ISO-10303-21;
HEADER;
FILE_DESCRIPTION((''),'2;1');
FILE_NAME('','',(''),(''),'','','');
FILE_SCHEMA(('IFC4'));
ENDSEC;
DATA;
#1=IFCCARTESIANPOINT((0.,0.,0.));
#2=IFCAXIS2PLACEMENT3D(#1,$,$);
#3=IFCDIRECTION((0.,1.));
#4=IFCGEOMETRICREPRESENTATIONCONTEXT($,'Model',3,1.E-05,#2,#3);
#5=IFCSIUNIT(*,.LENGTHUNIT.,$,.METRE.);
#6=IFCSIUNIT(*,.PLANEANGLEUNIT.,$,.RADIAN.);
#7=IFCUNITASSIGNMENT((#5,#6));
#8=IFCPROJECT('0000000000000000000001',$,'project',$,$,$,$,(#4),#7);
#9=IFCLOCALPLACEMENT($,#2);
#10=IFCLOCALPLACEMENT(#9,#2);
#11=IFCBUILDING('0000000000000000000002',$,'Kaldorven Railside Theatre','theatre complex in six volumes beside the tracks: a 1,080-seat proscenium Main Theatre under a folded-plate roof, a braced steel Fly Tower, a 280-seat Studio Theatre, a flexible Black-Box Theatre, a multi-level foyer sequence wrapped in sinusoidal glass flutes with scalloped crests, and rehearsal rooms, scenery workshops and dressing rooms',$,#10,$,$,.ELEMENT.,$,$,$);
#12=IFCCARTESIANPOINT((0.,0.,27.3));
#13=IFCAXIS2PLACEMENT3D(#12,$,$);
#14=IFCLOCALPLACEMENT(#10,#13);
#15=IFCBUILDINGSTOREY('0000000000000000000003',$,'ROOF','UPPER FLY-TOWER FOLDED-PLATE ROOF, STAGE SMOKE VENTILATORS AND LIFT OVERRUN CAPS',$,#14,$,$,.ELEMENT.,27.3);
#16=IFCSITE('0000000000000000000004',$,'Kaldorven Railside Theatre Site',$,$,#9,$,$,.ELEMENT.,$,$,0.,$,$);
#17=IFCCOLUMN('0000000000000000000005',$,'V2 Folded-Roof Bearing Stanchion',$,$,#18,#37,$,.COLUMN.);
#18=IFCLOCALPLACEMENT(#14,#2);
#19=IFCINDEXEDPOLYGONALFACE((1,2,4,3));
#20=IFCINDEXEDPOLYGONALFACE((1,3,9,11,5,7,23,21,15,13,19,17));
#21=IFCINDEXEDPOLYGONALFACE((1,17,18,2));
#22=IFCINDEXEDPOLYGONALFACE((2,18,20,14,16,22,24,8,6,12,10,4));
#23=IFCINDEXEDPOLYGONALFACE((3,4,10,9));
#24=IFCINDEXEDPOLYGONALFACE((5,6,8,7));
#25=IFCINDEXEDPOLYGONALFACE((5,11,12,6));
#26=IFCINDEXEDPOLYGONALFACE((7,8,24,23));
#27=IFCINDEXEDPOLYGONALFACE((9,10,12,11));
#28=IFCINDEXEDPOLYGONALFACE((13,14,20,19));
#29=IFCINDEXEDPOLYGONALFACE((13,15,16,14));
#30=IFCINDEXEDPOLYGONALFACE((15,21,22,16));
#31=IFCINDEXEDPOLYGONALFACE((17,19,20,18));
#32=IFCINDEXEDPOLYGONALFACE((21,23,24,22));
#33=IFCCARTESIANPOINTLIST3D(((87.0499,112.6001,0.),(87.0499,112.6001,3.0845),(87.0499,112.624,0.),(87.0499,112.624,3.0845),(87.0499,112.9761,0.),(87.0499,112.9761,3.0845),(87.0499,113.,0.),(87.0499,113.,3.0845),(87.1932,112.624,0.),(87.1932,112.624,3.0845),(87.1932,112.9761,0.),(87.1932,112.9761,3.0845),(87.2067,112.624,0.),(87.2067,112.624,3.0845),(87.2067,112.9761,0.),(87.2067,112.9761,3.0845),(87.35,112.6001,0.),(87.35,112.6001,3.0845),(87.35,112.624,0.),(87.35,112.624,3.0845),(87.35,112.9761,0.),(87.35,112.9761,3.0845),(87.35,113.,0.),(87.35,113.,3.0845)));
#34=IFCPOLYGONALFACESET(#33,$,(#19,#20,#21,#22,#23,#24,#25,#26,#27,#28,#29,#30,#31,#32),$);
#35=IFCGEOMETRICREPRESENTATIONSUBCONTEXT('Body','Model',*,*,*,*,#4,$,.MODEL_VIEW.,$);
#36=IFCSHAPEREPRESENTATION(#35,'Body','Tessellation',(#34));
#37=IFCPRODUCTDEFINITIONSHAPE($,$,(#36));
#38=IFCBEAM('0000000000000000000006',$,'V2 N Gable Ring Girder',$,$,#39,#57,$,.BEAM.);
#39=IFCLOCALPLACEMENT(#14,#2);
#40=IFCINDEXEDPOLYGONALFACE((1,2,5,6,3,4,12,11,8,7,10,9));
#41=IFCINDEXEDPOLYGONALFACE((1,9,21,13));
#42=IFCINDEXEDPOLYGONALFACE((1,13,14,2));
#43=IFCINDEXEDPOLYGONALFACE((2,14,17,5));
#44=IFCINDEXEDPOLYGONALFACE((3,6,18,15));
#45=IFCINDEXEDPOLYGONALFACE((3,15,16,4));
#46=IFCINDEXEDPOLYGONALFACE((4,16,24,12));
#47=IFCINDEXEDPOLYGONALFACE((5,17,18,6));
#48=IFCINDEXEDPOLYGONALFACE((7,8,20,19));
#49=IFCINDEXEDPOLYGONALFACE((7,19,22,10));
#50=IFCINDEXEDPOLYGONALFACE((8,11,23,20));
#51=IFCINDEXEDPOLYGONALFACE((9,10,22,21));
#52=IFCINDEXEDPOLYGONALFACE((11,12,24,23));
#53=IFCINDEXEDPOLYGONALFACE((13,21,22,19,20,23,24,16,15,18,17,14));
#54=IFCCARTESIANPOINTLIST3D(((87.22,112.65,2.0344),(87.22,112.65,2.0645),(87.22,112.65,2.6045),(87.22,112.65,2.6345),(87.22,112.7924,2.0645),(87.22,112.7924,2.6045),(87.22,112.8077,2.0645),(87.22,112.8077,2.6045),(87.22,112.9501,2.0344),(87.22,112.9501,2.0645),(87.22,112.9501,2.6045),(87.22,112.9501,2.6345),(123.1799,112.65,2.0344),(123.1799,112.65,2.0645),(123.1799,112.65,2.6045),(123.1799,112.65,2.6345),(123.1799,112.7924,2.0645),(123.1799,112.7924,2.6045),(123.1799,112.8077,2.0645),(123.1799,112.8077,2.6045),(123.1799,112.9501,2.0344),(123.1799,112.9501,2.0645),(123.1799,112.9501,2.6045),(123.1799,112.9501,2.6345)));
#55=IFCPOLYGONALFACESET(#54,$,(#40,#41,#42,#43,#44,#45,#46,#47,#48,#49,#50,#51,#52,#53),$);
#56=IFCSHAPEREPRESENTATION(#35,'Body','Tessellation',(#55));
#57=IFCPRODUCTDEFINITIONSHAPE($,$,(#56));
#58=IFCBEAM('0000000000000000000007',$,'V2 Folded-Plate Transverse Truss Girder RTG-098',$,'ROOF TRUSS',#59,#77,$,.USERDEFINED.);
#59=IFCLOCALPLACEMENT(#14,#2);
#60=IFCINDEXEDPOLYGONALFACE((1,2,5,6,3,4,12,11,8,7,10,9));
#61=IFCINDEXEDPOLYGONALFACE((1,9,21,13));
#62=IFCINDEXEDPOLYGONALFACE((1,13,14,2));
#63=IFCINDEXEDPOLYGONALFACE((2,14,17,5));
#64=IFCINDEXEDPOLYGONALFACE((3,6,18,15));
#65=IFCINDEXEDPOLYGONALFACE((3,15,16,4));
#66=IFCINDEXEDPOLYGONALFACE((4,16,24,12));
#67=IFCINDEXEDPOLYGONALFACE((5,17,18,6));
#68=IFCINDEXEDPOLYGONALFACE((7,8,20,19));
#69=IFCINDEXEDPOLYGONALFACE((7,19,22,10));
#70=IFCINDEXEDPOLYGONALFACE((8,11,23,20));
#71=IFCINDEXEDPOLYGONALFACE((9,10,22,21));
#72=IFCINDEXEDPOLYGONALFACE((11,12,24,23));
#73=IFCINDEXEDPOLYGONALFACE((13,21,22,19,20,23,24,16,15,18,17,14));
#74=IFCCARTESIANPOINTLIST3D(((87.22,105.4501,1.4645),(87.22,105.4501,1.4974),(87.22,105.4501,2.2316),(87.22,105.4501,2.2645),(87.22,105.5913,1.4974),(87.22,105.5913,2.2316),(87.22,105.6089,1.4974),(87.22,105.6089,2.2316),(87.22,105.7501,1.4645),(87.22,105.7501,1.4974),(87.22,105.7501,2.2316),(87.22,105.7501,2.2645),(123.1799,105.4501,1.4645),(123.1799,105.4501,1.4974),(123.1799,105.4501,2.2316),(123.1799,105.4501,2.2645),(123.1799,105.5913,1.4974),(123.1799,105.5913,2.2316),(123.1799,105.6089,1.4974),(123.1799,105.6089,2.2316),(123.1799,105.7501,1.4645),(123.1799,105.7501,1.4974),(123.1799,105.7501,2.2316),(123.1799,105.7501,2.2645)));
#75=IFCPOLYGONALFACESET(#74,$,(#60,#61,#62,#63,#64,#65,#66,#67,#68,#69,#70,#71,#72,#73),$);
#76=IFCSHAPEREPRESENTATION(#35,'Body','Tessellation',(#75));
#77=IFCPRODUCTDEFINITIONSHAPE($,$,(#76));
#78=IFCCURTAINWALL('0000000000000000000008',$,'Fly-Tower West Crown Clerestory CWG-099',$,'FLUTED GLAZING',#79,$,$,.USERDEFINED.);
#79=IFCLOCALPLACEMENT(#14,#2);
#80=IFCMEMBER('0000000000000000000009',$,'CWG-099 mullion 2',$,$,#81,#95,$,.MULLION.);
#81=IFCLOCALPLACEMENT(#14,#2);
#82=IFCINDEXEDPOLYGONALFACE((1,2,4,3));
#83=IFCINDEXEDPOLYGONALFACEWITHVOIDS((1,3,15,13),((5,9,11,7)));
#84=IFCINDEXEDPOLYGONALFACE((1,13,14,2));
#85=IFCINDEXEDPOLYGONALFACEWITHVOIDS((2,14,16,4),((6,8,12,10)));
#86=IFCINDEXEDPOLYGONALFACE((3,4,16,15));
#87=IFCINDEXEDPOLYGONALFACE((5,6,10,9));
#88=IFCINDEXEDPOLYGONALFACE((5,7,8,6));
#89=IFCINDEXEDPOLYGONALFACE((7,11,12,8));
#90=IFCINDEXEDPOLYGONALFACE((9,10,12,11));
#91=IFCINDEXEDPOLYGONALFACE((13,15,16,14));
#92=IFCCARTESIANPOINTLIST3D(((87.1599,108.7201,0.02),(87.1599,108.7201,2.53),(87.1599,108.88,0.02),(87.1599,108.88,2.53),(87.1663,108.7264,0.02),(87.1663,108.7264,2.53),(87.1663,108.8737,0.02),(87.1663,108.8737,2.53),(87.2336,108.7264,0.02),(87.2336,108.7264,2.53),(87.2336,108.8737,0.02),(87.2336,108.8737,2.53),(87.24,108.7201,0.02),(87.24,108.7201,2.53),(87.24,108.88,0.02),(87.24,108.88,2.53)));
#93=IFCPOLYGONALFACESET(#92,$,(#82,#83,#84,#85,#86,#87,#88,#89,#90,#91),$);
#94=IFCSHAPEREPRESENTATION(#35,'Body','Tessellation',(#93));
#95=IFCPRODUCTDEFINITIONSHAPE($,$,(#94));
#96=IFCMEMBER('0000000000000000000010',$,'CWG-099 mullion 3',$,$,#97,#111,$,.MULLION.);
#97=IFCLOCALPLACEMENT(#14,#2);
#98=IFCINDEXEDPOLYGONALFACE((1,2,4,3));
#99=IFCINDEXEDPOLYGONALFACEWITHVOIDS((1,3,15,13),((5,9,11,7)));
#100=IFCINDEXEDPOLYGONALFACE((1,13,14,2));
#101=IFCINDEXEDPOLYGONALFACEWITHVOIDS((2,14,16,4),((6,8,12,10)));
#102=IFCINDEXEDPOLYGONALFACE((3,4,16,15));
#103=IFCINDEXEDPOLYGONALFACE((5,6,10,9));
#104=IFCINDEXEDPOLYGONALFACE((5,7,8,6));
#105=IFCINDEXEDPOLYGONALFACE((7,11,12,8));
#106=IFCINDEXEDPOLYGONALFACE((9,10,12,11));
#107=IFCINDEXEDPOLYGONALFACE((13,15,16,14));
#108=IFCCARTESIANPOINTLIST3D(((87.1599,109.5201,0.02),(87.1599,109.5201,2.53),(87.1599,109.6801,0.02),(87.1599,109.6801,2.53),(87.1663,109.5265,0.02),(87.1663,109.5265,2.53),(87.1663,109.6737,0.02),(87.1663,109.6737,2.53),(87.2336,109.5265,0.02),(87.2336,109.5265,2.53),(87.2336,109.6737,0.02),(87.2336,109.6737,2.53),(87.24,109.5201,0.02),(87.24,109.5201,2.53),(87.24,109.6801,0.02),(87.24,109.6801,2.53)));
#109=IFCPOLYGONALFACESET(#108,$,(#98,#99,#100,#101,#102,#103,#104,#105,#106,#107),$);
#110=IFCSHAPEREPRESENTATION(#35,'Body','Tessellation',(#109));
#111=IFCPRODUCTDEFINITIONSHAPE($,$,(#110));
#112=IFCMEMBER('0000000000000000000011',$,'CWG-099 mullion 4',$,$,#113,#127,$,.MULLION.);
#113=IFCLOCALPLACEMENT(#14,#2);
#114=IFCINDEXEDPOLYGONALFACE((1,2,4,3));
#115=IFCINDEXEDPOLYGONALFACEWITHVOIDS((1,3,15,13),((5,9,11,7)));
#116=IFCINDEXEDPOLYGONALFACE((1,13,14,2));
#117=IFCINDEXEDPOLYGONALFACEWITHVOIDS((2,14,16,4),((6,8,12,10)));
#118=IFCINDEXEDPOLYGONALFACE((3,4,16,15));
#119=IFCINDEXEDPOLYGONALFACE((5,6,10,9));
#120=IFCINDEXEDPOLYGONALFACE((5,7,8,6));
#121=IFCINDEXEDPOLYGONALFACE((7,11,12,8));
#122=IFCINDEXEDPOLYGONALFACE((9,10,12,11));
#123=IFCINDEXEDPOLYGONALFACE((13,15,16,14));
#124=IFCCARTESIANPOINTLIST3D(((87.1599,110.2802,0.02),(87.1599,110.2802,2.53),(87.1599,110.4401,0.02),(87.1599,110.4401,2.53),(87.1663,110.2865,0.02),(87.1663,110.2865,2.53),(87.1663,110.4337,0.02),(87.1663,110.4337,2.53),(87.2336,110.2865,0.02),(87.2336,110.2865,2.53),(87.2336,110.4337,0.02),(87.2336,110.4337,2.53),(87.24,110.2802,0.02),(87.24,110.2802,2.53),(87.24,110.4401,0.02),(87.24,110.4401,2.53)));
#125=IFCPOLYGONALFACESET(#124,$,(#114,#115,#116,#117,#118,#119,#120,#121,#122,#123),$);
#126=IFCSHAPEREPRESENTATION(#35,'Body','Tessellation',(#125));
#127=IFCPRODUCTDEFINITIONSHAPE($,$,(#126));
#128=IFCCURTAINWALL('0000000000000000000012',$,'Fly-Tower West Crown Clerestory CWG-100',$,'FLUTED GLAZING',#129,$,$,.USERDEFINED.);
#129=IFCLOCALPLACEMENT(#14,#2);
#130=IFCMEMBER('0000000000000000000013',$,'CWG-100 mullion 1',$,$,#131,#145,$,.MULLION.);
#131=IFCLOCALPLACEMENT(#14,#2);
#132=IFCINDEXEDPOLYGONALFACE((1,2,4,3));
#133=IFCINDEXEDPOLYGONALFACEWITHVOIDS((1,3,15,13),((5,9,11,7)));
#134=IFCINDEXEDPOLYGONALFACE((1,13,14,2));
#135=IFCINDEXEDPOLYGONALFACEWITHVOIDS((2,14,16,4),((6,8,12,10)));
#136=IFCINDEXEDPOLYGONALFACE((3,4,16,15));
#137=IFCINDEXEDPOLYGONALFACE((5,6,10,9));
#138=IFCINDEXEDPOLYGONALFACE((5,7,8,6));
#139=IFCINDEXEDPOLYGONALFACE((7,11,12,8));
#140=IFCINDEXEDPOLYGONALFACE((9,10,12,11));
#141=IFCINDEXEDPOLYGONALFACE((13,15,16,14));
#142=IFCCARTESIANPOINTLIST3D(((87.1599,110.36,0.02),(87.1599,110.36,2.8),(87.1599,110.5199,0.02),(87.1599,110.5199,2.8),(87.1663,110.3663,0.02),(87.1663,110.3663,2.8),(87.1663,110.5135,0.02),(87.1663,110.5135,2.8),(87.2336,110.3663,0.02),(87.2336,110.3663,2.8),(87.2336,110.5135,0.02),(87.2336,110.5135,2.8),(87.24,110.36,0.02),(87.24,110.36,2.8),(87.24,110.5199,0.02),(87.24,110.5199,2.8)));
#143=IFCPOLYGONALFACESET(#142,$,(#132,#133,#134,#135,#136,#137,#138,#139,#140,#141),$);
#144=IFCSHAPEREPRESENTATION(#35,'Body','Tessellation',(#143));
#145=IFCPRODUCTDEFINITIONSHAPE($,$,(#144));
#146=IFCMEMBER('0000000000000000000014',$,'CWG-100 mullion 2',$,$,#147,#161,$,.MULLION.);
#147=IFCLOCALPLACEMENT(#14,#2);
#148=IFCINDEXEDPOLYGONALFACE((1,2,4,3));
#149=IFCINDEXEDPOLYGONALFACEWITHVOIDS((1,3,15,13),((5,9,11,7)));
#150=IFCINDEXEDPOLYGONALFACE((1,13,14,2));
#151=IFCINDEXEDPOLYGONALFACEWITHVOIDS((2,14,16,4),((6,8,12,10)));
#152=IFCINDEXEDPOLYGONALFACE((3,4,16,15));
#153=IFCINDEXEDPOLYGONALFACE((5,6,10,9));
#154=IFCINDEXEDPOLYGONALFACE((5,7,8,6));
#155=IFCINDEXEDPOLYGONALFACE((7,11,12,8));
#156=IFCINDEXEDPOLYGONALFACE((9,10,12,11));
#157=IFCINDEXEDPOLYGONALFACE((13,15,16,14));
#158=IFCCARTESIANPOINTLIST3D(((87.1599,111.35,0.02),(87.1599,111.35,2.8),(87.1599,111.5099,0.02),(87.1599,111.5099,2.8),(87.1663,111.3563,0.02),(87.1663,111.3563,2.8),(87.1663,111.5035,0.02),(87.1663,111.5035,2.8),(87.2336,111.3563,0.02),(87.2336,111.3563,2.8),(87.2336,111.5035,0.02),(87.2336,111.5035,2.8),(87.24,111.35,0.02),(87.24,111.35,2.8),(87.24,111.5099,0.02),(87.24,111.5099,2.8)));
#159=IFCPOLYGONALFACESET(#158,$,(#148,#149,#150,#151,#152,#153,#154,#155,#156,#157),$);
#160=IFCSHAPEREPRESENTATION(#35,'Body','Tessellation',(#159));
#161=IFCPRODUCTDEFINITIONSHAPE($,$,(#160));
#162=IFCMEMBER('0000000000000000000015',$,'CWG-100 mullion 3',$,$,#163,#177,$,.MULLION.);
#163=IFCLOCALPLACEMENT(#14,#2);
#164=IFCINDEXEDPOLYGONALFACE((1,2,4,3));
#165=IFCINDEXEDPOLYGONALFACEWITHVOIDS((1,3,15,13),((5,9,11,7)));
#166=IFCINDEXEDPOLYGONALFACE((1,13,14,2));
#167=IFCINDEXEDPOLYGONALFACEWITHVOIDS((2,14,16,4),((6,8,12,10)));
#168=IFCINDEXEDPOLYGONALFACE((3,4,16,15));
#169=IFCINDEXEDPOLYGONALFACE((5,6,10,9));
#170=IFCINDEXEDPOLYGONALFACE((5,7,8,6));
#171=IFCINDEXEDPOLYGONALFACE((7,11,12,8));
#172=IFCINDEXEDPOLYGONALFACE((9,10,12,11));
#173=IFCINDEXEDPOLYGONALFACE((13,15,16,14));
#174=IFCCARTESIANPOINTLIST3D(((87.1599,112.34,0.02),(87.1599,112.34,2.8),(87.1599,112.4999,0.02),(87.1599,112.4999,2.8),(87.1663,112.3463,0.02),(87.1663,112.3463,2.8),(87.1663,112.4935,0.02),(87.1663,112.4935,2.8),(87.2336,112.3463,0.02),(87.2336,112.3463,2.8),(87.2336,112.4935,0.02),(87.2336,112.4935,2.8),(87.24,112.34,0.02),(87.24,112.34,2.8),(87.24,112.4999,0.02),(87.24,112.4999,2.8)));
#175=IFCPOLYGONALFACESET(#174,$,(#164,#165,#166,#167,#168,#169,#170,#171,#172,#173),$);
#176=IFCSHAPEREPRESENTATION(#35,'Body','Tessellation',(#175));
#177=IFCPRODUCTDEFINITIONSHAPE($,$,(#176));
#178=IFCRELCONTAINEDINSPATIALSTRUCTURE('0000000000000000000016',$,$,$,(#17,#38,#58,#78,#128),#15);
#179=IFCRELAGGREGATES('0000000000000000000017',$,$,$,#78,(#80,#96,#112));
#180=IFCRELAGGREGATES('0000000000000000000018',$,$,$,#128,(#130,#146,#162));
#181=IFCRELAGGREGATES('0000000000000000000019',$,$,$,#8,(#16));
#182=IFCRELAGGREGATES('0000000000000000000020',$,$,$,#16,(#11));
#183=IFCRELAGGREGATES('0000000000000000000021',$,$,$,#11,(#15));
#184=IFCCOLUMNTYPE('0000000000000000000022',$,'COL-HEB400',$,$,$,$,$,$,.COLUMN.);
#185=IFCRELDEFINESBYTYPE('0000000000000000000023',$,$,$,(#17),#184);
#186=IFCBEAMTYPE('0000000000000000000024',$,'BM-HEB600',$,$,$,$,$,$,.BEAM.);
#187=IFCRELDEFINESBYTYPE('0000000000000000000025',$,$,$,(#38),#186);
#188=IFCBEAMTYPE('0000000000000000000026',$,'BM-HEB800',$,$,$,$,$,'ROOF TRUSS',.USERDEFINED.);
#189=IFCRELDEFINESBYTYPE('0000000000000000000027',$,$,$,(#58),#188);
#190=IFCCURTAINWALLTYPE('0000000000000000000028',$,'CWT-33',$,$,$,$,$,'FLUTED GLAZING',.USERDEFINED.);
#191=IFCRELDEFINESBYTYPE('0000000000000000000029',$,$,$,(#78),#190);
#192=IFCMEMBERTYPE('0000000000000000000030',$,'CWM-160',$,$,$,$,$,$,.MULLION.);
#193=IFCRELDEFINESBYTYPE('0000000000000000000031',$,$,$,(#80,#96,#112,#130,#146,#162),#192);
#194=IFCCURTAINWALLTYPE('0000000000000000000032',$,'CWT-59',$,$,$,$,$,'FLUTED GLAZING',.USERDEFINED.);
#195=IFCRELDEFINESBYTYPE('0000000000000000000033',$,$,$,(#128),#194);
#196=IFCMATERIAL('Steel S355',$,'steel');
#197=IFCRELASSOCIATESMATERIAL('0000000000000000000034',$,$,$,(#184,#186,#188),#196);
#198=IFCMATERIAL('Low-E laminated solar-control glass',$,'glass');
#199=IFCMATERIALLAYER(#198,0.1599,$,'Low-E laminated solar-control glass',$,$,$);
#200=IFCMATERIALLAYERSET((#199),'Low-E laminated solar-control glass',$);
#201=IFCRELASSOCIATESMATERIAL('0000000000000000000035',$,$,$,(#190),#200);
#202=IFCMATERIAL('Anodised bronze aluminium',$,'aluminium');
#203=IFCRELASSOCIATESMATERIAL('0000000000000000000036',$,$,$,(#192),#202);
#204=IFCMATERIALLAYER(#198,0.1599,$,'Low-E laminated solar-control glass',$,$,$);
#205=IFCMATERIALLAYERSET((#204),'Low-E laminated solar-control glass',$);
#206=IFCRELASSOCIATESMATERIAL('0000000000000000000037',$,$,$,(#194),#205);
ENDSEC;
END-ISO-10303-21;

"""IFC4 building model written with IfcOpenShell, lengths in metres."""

from ifc_helpers import new_model, si_unit, direction, frame, origin, origin_2d, place, context, subcontext, project, spatial, hollow_rectangle, i_section, extrude, material, layer, layer_set, material_profile, profile_set, type_object, element, aggregate, save


model = new_model("IFC4")

# Units and contexts
model_context = context("Model", 3, precision=1e-05, world=origin(), true_north=direction((0.0, 1.0)))
body_context = subcontext(model_context, "Body", "Model", "MODEL_VIEW")
ifc_project = project(units=[si_unit("LENGTHUNIT", "METRE"), si_unit("PLANEANGLEUNIT", "RADIAN")], contexts=[model_context])

# Site, building, storey
site_placement = place(None, origin())
site = spatial("IfcSite", under=ifc_project, at=site_placement, Name="Kaldorven Railside Theatre Site", CompositionType="ELEMENT", RefElevation=0.0)
building_placement = place(site_placement, origin())
building = spatial("IfcBuilding", under=site, at=building_placement, Name="Kaldorven Railside Theatre", Description="theatre complex in six volumes beside the tracks: a 1,080-seat proscenium Main Theatre under a folded-plate roof, a braced steel Fly Tower, a 280-seat Studio Theatre, a flexible Black-Box Theatre, a multi-level foyer sequence wrapped in sinusoidal glass flutes with scalloped crests, and rehearsal rooms, scenery workshops and dressing rooms", CompositionType="ELEMENT")
storey_placement = place(building_placement, frame((0.0, 0.0, 27.3)))
storey = spatial("IfcBuildingStorey", under=building, at=storey_placement, Name="ROOF", Description="UPPER FLY-TOWER FOLDED-PLATE ROOF, STAGE SMOKE VENTILATORS AND LIFT OVERRUN CAPS", CompositionType="ELEMENT", Elevation=27.3)

# Column
ifc_material_1 = material(Name="Steel S355", Category="steel")
ifc_material_profile_1 = material_profile(ifc_material_1, i_section(OverallWidth=0.3, OverallDepth=0.3999, WebThickness=0.0134, FlangeThickness=0.0239, at=origin_2d()), Name="HEB 400")
ifc_profile_set_1 = profile_set([ifc_material_profile_1], Name="Steel S355")
column_type = type_object("IfcColumnType", Name="COL-HEB400", PredefinedType="COLUMN", material=ifc_profile_set_1)
column_placement = place(storey_placement, frame((87.2, 112.8, 0.0), z_axis=(0.0, 0.0, 1.0), x_axis=(1.0, 0.0, 0.0)))
element("IfcColumn", 1, at=column_placement, inside=storey, type_object=column_type, Name="V2 Folded-Roof Bearing Stanchion", PredefinedType="COLUMN", context=body_context, shape_type="SweptSolid", body=[
    extrude(i_section(OverallWidth=0.3, OverallDepth=0.3999, WebThickness=0.0134, FlangeThickness=0.0239, at=origin_2d()), origin(), (0.0, 0.0, 1.0), 3.0845),
])

# Beams
ifc_material_profile_2 = material_profile(ifc_material_1, i_section(OverallWidth=0.3, OverallDepth=0.6001, WebThickness=0.0154, FlangeThickness=0.03, at=origin_2d()), Name="HEB 600")
ifc_profile_set_2 = profile_set([ifc_material_profile_2], Name="Steel S355")
beam_type_1 = type_object("IfcBeamType", Name="BM-HEB600", PredefinedType="BEAM", material=ifc_profile_set_2)
beam_1_placement = place(storey_placement, frame((87.22, 112.8, 2.3345), z_axis=(1.0, 0.0, 0.0), x_axis=(0.0, 1.0, 0.0)))
element("IfcBeam", 2, at=beam_1_placement, inside=storey, type_object=beam_type_1, Name="V2 N Gable Ring Girder", PredefinedType="BEAM", context=body_context, shape_type="SweptSolid", body=[
    extrude(i_section(OverallWidth=0.3, OverallDepth=0.6001, WebThickness=0.0154, FlangeThickness=0.03, at=origin_2d()), origin(), (0.0, 0.0, 1.0), 35.96),
])
ifc_material_profile_3 = material_profile(ifc_material_1, i_section(OverallWidth=0.3, OverallDepth=0.8, WebThickness=0.0176, FlangeThickness=0.033, at=origin_2d()), Name="HEB 800")
ifc_profile_set_3 = profile_set([ifc_material_profile_3], Name="Steel S355")
beam_type_2 = type_object("IfcBeamType", Name="BM-HEB800", ElementType="ROOF TRUSS", PredefinedType="USERDEFINED", material=ifc_profile_set_3)
beam_2_placement = place(storey_placement, frame((87.22, 105.6001, 1.8645), z_axis=(1.0, 0.0, 0.0), x_axis=(0.0, 1.0, 0.0)))
element("IfcBeam", 3, at=beam_2_placement, inside=storey, type_object=beam_type_2, Name="V2 Folded-Plate Transverse Truss Girder RTG-098", ObjectType="ROOF TRUSS", PredefinedType="USERDEFINED", context=body_context, shape_type="SweptSolid", body=[
    extrude(i_section(OverallWidth=0.3, OverallDepth=0.8, WebThickness=0.0176, FlangeThickness=0.033, at=origin_2d()), origin(), (0.0, 0.0, 1.0), 35.96),
])

# Curtain walls, members
ifc_material_2 = material(Name="Low-E laminated solar-control glass", Category="glass")
ifc_layer_1 = layer(ifc_material_2, 0.1599, Name="Low-E laminated solar-control glass")
ifc_layer_set_1 = layer_set([ifc_layer_1], Name="Low-E laminated solar-control glass")
curtain_wall_type_1 = type_object("IfcCurtainWallType", Name="CWT-33", ElementType="FLUTED GLAZING", PredefinedType="USERDEFINED", material=ifc_layer_set_1)
curtain_wall_1_placement = place(storey_placement, origin())
curtain_wall_1 = element("IfcCurtainWall", 4, at=curtain_wall_1_placement, inside=storey, type_object=curtain_wall_type_1, Name="Fly-Tower West Crown Clerestory CWG-099", ObjectType="FLUTED GLAZING", PredefinedType="USERDEFINED")
ifc_material_3 = material(Name="Anodised bronze aluminium", Category="aluminium")
ifc_material_profile_4 = material_profile(ifc_material_3, hollow_rectangle(XDim=0.0801, YDim=0.1599, WallThickness=0.0063, at=origin_2d()), Name="RHS 160x80x6.3")
ifc_profile_set_4 = profile_set([ifc_material_profile_4], Name="Anodised bronze aluminium")
member_type_1 = type_object("IfcMemberType", Name="CWM-160", PredefinedType="MULLION", material=ifc_profile_set_4)
member_1_placement = place(storey_placement, frame((87.2, 108.8, 0.02), z_axis=(0.0, 0.0, 1.0), x_axis=(-1.0, 0.0, 0.0)))
member_1 = element("IfcMember", 5, at=member_1_placement, type_object=member_type_1, Name="CWG-099 mullion 2", PredefinedType="MULLION", context=body_context, shape_type="SweptSolid", body=[
    extrude(hollow_rectangle(XDim=0.0801, YDim=0.1599, WallThickness=0.0063, at=origin_2d()), origin(), (0.0, 0.0, 1.0), 2.51),
])
member_2_placement = place(storey_placement, frame((87.2, 109.6001, 0.02), z_axis=(0.0, 0.0, 1.0), x_axis=(-1.0, 0.0, 0.0)))
member_2 = element("IfcMember", 6, at=member_2_placement, type_object=member_type_1, Name="CWG-099 mullion 3", PredefinedType="MULLION", context=body_context, shape_type="SweptSolid", body=[
    extrude(hollow_rectangle(XDim=0.0801, YDim=0.1599, WallThickness=0.0063, at=origin_2d()), origin(), (0.0, 0.0, 1.0), 2.51),
])
member_3_placement = place(storey_placement, frame((87.2, 110.3601, 0.02), z_axis=(0.0, 0.0, 1.0), x_axis=(-1.0, 0.0, 0.0)))
member_3 = element("IfcMember", 7, at=member_3_placement, type_object=member_type_1, Name="CWG-099 mullion 4", PredefinedType="MULLION", context=body_context, shape_type="SweptSolid", body=[
    extrude(hollow_rectangle(XDim=0.0801, YDim=0.1599, WallThickness=0.0063, at=origin_2d()), origin(), (0.0, 0.0, 1.0), 2.51),
])
ifc_layer_2 = layer(ifc_material_2, 0.1599, Name="Low-E laminated solar-control glass")
ifc_layer_set_2 = layer_set([ifc_layer_2], Name="Low-E laminated solar-control glass")
curtain_wall_type_2 = type_object("IfcCurtainWallType", Name="CWT-59", ElementType="FLUTED GLAZING", PredefinedType="USERDEFINED", material=ifc_layer_set_2)
curtain_wall_2_placement = place(storey_placement, origin())
curtain_wall_2 = element("IfcCurtainWall", 8, at=curtain_wall_2_placement, inside=storey, type_object=curtain_wall_type_2, Name="Fly-Tower West Crown Clerestory CWG-100", ObjectType="FLUTED GLAZING", PredefinedType="USERDEFINED")
member_4_placement = place(storey_placement, frame((87.2, 110.4399, 0.02), z_axis=(0.0, 0.0, 1.0), x_axis=(-1.0, 0.0, 0.0)))
member_4 = element("IfcMember", 9, at=member_4_placement, type_object=member_type_1, Name="CWG-100 mullion 1", PredefinedType="MULLION", context=body_context, shape_type="SweptSolid", body=[
    extrude(hollow_rectangle(XDim=0.0801, YDim=0.1599, WallThickness=0.0063, at=origin_2d()), origin(), (0.0, 0.0, 1.0), 2.78),
])
member_5_placement = place(storey_placement, frame((87.2, 111.4299, 0.02), z_axis=(0.0, 0.0, 1.0), x_axis=(-1.0, 0.0, 0.0)))
member_5 = element("IfcMember", 10, at=member_5_placement, type_object=member_type_1, Name="CWG-100 mullion 2", PredefinedType="MULLION", context=body_context, shape_type="SweptSolid", body=[
    extrude(hollow_rectangle(XDim=0.0801, YDim=0.1599, WallThickness=0.0063, at=origin_2d()), origin(), (0.0, 0.0, 1.0), 2.78),
])
member_6_placement = place(storey_placement, frame((87.2, 112.4199, 0.02), z_axis=(0.0, 0.0, 1.0), x_axis=(-1.0, 0.0, 0.0)))
member_6 = element("IfcMember", 11, at=member_6_placement, type_object=member_type_1, Name="CWG-100 mullion 3", PredefinedType="MULLION", context=body_context, shape_type="SweptSolid", body=[
    extrude(hollow_rectangle(XDim=0.0801, YDim=0.1599, WallThickness=0.0063, at=origin_2d()), origin(), (0.0, 0.0, 1.0), 2.78),
])

aggregate(curtain_wall_1, [member_1, member_2, member_3])
aggregate(curtain_wall_2, [member_4, member_5, member_6])

save(model, "model.ifc")
